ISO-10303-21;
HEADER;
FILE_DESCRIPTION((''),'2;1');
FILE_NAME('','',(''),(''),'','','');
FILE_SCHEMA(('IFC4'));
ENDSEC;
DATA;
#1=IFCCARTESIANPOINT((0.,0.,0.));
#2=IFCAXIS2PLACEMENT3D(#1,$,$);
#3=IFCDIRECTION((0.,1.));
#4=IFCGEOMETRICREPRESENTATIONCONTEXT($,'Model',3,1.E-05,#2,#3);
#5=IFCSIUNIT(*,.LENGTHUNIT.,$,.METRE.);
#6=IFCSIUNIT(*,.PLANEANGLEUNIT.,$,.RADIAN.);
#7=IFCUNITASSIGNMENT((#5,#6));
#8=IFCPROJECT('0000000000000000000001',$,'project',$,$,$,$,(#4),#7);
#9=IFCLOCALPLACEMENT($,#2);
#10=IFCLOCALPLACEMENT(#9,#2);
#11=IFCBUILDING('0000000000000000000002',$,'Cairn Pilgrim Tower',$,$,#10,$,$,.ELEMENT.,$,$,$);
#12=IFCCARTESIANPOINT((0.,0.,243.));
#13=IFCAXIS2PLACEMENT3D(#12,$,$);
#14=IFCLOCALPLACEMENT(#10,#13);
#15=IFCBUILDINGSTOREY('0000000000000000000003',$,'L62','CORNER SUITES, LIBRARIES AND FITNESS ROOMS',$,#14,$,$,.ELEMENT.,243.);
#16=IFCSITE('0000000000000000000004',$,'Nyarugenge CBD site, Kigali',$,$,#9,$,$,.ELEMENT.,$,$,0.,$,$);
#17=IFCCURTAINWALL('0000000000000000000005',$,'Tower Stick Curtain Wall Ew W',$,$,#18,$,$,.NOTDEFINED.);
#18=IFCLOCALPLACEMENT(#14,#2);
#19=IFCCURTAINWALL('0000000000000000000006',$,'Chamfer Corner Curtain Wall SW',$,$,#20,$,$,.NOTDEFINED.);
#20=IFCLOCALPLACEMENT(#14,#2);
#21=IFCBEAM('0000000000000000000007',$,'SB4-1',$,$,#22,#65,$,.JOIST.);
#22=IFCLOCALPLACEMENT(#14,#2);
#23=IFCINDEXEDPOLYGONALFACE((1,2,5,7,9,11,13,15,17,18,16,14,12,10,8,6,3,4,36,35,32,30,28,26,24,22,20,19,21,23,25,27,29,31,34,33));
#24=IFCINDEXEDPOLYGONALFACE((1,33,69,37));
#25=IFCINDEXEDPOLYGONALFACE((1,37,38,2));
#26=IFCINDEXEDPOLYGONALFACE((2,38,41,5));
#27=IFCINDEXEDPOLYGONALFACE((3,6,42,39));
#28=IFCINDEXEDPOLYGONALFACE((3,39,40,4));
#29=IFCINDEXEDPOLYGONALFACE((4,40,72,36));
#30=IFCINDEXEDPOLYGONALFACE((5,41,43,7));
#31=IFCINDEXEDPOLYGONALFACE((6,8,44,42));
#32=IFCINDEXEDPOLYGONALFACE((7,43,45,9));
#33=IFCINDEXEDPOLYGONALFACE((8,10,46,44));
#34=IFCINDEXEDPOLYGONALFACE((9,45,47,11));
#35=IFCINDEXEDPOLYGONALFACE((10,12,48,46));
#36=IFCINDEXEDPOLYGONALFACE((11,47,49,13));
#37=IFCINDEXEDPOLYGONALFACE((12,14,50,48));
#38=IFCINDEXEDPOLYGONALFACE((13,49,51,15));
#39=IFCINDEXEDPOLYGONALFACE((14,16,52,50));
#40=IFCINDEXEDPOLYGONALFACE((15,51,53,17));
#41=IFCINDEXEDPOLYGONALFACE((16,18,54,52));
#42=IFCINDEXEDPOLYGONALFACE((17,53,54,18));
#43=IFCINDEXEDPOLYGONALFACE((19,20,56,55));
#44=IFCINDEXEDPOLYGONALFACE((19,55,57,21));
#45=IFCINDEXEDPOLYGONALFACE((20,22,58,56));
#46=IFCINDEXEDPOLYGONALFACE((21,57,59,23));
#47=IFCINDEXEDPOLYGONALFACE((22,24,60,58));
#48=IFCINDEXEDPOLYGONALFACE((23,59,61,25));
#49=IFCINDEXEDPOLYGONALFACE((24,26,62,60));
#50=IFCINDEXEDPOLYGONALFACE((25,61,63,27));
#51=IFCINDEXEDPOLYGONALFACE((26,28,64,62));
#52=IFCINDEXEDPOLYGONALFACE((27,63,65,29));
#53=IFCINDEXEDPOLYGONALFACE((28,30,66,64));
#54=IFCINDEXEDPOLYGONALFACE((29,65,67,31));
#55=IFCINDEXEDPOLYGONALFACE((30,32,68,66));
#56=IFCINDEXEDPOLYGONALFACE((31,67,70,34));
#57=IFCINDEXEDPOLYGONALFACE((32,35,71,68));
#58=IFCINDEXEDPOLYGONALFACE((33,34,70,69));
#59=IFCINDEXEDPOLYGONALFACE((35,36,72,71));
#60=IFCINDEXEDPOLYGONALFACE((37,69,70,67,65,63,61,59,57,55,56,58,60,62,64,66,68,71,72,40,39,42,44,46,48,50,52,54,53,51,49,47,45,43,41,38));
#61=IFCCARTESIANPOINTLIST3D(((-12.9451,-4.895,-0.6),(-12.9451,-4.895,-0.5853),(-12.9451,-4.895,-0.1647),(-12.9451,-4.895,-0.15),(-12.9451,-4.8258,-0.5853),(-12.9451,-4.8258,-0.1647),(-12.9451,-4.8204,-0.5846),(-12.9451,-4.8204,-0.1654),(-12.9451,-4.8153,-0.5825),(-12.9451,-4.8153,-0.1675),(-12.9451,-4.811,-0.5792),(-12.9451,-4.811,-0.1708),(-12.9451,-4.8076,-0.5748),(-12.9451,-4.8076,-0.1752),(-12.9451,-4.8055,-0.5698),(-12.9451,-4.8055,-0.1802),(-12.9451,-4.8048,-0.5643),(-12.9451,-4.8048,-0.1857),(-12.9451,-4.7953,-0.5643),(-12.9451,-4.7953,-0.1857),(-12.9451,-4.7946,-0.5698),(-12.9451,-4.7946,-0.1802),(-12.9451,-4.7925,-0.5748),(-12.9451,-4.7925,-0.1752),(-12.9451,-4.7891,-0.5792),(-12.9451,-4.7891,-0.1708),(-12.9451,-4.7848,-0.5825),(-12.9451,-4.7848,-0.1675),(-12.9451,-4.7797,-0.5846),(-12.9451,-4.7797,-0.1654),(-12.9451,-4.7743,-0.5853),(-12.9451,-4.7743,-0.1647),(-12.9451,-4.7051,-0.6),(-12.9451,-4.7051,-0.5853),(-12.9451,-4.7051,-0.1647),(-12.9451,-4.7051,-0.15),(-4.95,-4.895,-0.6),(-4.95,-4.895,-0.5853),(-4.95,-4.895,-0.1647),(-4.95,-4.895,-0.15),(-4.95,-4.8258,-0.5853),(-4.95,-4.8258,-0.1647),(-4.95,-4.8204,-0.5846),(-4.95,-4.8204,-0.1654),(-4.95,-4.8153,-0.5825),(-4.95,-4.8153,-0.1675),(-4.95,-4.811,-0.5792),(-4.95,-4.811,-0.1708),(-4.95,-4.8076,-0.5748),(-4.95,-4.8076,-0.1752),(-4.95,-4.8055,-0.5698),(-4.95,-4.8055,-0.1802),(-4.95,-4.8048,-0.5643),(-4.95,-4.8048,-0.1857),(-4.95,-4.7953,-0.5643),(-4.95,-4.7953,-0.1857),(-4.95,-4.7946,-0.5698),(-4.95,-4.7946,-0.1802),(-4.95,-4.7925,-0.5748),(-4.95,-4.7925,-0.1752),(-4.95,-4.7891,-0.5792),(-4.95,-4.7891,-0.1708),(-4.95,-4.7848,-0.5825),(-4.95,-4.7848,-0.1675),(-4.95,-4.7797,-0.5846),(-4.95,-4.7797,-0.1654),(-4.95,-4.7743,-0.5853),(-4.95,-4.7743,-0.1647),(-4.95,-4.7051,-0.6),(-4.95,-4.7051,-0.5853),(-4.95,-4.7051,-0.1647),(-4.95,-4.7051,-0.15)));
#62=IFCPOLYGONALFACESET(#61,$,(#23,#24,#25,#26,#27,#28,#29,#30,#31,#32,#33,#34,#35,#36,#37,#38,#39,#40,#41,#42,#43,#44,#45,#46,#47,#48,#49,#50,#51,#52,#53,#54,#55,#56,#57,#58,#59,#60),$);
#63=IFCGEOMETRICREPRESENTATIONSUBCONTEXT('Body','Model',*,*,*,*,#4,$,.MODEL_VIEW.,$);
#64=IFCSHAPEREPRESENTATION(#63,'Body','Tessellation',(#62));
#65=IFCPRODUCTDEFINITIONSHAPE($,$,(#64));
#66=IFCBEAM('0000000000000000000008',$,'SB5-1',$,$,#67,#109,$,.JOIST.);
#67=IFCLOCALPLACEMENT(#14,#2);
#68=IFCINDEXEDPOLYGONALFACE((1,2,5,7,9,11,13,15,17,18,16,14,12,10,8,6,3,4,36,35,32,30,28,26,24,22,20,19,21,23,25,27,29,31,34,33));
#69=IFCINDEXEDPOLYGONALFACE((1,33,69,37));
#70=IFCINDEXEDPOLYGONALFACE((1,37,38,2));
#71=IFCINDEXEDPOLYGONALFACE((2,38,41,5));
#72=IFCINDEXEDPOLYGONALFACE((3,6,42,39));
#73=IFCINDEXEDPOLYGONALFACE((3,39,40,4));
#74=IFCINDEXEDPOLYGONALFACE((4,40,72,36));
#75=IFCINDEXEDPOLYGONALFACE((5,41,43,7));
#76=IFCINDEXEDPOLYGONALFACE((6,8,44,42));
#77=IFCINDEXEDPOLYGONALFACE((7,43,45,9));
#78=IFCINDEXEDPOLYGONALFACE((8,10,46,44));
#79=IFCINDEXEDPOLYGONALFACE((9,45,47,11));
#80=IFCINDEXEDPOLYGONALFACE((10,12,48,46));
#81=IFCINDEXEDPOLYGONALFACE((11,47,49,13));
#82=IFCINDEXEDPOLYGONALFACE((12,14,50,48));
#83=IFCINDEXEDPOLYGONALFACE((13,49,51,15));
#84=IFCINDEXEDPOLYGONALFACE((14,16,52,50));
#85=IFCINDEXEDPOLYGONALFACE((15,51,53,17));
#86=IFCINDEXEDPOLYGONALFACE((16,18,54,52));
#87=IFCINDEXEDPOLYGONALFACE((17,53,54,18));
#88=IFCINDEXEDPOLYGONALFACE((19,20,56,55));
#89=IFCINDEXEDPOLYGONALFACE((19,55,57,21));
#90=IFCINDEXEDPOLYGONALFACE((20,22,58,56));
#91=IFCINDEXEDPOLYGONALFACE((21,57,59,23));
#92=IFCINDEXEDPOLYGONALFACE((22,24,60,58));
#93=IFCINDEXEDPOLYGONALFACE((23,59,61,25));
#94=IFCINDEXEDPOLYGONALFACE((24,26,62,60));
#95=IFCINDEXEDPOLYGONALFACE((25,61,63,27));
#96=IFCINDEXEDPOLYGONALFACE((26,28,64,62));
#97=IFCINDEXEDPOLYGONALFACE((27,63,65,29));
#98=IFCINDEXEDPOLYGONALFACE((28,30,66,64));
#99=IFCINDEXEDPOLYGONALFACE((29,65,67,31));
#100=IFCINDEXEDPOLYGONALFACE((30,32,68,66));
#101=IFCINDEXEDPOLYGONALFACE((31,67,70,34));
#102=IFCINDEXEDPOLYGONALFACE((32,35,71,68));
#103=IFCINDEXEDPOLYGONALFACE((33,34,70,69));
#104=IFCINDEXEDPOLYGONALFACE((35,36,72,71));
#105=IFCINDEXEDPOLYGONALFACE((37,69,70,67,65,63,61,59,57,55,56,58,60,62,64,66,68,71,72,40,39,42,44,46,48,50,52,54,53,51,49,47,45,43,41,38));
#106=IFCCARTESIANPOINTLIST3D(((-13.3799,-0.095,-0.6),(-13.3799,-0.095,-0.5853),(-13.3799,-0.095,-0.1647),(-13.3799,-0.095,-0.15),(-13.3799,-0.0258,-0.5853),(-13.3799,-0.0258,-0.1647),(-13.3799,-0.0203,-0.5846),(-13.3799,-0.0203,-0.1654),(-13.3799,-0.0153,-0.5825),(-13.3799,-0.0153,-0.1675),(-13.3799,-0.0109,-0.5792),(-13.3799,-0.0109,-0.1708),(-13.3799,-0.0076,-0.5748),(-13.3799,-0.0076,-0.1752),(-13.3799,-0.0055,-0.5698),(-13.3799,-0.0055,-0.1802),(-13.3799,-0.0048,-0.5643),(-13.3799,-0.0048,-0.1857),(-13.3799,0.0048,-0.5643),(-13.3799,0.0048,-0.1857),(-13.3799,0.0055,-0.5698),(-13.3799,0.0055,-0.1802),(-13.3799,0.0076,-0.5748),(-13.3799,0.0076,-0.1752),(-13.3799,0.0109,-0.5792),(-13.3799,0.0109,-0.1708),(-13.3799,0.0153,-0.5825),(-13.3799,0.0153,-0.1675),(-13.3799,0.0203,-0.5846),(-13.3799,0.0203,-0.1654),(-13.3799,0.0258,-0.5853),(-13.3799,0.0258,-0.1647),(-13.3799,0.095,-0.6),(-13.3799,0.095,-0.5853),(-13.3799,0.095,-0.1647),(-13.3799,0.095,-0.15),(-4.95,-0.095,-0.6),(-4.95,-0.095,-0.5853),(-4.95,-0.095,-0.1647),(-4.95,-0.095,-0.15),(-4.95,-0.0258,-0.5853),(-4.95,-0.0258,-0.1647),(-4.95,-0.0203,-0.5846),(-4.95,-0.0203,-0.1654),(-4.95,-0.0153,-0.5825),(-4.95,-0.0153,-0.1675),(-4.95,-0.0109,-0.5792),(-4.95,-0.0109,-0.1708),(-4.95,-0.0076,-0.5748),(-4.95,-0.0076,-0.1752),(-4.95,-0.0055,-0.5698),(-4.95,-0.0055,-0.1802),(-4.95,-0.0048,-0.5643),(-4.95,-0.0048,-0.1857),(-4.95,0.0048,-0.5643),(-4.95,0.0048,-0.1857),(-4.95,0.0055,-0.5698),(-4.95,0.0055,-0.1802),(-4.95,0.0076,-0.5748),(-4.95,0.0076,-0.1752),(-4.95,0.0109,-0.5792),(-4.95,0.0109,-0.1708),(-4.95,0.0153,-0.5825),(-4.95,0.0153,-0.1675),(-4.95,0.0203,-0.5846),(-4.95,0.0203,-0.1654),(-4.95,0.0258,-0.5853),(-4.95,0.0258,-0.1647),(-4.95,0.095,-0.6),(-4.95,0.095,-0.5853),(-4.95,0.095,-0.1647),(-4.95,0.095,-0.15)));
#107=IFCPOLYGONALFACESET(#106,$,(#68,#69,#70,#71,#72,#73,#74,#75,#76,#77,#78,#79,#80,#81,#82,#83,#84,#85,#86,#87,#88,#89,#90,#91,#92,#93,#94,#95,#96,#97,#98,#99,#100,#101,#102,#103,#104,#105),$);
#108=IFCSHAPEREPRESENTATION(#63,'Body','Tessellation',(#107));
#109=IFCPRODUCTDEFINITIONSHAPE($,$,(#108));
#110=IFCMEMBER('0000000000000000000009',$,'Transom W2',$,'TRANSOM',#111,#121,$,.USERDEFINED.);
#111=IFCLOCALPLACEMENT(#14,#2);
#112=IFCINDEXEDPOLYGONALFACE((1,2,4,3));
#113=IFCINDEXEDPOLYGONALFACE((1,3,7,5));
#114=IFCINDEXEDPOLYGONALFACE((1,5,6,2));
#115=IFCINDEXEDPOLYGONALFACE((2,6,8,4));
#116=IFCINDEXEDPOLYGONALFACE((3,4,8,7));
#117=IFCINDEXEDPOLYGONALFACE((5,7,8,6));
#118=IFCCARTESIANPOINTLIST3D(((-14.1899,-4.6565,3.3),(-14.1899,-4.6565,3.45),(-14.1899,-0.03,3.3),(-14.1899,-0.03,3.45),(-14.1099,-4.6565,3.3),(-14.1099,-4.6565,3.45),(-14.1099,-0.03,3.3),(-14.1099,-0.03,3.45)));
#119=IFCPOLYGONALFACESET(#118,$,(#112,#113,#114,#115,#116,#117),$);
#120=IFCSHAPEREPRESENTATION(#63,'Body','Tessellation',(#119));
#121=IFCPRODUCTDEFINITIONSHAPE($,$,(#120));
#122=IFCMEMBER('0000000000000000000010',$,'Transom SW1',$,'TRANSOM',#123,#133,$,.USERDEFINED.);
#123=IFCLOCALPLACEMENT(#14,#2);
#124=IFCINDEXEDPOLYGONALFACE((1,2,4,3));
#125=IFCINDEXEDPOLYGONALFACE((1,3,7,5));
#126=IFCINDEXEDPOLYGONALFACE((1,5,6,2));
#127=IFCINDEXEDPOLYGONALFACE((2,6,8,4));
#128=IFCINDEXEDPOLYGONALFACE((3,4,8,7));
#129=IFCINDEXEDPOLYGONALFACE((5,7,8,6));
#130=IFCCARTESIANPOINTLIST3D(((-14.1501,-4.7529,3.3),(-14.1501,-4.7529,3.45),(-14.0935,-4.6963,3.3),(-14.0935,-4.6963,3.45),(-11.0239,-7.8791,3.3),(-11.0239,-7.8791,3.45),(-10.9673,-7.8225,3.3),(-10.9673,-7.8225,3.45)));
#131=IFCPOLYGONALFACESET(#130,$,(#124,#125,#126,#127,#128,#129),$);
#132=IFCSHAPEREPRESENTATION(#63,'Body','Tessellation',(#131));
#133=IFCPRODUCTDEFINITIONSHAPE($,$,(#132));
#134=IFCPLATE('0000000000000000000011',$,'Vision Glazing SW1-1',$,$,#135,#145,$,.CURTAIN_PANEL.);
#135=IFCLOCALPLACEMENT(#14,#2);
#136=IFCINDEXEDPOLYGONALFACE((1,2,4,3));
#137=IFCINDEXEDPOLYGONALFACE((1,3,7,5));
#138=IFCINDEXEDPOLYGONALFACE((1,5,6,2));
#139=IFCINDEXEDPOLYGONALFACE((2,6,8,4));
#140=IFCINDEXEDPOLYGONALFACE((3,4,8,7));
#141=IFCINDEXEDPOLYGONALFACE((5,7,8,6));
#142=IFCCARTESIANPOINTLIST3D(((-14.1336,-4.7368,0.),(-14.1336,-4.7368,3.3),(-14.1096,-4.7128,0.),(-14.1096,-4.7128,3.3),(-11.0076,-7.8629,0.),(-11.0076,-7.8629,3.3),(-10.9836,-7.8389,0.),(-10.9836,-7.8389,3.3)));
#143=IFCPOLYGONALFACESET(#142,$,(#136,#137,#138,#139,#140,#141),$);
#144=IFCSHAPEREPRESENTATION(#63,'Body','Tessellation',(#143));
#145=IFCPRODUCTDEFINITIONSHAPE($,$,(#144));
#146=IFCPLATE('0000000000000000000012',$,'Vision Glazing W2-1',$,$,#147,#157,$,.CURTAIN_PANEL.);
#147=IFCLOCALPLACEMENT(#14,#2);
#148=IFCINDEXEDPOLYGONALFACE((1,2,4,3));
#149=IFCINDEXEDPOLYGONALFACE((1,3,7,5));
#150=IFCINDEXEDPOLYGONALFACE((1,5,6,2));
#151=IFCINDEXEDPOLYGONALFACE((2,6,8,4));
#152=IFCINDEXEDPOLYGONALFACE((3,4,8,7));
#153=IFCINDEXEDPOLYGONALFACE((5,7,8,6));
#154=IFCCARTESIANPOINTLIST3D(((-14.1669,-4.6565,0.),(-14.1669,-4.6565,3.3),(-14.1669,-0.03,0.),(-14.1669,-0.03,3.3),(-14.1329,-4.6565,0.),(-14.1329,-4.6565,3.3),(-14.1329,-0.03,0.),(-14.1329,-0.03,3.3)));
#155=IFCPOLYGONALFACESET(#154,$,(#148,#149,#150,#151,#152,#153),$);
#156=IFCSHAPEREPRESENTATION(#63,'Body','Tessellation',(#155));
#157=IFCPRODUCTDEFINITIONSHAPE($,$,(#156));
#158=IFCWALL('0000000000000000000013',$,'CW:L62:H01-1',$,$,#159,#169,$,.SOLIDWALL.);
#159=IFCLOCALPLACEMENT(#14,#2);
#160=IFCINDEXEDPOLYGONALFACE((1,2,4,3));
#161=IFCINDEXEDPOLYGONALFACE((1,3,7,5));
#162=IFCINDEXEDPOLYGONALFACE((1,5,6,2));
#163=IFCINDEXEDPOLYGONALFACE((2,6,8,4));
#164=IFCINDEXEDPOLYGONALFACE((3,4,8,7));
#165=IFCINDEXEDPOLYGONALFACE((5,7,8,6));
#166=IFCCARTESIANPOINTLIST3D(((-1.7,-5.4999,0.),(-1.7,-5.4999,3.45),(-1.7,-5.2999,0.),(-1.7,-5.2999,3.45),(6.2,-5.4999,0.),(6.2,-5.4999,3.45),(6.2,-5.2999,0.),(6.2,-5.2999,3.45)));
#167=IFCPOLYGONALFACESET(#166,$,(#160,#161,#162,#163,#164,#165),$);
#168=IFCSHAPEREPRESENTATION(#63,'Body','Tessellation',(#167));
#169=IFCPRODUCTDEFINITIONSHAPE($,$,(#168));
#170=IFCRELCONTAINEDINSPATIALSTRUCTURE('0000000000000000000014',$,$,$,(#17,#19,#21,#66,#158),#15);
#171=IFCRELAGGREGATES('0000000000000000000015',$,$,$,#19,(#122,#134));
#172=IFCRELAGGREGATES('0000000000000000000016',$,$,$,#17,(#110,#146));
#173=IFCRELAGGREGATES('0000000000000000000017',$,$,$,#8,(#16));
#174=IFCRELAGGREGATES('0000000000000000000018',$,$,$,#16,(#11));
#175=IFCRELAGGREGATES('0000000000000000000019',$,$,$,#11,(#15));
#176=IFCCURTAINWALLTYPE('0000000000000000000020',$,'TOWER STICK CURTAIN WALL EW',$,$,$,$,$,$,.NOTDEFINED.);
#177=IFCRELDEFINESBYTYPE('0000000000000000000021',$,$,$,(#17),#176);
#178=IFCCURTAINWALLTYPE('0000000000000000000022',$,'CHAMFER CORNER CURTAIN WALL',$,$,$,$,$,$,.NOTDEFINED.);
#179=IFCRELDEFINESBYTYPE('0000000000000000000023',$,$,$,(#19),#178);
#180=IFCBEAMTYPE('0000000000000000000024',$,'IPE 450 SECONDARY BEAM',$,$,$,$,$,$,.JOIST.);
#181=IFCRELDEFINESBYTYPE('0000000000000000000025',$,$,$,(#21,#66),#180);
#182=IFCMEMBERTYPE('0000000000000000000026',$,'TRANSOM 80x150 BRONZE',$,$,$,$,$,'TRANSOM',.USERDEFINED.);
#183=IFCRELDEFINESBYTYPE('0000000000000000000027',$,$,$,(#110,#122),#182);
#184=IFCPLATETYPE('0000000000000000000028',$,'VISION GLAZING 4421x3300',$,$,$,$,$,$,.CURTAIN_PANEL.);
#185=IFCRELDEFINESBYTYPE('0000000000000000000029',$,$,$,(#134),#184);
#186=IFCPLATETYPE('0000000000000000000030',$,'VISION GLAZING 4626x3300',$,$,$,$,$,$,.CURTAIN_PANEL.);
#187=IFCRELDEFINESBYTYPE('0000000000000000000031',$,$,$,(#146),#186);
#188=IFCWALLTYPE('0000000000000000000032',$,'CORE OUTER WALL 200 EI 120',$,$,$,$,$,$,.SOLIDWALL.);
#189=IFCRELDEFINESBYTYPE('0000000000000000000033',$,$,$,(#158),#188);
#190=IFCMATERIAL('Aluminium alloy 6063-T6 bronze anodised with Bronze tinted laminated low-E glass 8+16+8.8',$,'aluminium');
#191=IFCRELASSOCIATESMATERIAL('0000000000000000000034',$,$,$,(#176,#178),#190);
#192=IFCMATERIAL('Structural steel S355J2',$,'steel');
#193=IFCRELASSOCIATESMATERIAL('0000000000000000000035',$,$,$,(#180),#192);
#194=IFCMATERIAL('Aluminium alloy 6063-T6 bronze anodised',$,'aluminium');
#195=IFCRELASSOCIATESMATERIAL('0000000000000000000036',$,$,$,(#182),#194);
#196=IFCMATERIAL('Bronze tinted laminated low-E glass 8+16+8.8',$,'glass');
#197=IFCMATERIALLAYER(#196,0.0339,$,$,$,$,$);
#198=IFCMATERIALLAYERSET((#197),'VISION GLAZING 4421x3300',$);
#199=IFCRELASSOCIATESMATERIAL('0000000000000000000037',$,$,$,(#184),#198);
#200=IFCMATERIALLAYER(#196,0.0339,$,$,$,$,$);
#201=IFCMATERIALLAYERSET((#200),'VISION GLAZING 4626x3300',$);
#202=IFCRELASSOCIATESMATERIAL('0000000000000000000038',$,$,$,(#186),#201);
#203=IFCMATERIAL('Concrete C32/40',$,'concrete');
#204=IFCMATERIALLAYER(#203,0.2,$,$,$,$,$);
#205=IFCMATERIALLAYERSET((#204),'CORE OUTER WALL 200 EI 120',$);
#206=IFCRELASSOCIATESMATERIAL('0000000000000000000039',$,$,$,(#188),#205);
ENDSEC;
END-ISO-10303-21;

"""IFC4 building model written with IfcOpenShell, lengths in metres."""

from ifc_helpers import new_model, si_unit, direction, frame, frame_2d, origin, origin_2d, place, context, subcontext, project, spatial, rectangle, i_section, extrude, material, layer, layer_set, material_profile, profile_set, type_object, element, aggregate, save


model = new_model("IFC4")

# Units and contexts
model_context = context("Model", 3, precision=1e-05, world=origin(), true_north=direction((0.0, 1.0)))
body_context = subcontext(model_context, "Body", "Model", "MODEL_VIEW")
ifc_project = project(units=[si_unit("LENGTHUNIT", "METRE"), si_unit("PLANEANGLEUNIT", "RADIAN")], contexts=[model_context])

# Site, building, storey
site_placement = place(None, origin())
site = spatial("IfcSite", under=ifc_project, at=site_placement, Name="Nyarugenge CBD site, Kigali", CompositionType="ELEMENT", RefElevation=0.0)
building_placement = place(site_placement, origin())
building = spatial("IfcBuilding", under=site, at=building_placement, Name="Cairn Pilgrim Tower", CompositionType="ELEMENT")
storey_placement = place(building_placement, frame((0.0, 0.0, 243.0)))
storey = spatial("IfcBuildingStorey", under=building, at=storey_placement, Name="L62", Description="CORNER SUITES, LIBRARIES AND FITNESS ROOMS", CompositionType="ELEMENT", Elevation=243.0)

# Shared definitions
ifc_material_1 = material(Name="Structural steel S355J2", Category="steel")

# Curtain wall
ifc_material_2 = material(Name="Aluminium alloy 6063-T6 bronze anodised with Bronze tinted laminated low-E glass 8+16+8.8", Category="aluminium")
curtain_wall_type_1 = type_object("IfcCurtainWallType", Name="TOWER STICK CURTAIN WALL EW", PredefinedType="NOTDEFINED", material=ifc_material_2)
curtain_wall_1_placement = place(storey_placement, origin())
curtain_wall_1 = element("IfcCurtainWall", 1, at=curtain_wall_1_placement, inside=storey, type_object=curtain_wall_type_1, Name="Tower Stick Curtain Wall Ew W", PredefinedType="NOTDEFINED")
ifc_material_3 = material(Name="Aluminium alloy 6063-T6 bronze anodised", Category="aluminium")

# Curtain wall
curtain_wall_type_2 = type_object("IfcCurtainWallType", Name="CHAMFER CORNER CURTAIN WALL", PredefinedType="NOTDEFINED", material=ifc_material_2)
curtain_wall_2_placement = place(storey_placement, origin())
curtain_wall_2 = element("IfcCurtainWall", 2, at=curtain_wall_2_placement, inside=storey, type_object=curtain_wall_type_2, Name="Chamfer Corner Curtain Wall SW", PredefinedType="NOTDEFINED")

# Beams
ifc_material_profile_1 = material_profile(ifc_material_1, i_section(OverallWidth=0.1899, OverallDepth=0.45, WebThickness=0.0095, FlangeThickness=0.0146, FilletRadius=0.021, at=origin_2d()), Name="IPE 450")
ifc_profile_set_1 = profile_set([ifc_material_profile_1], Name="Structural steel S355J2")
beam_type_1 = type_object("IfcBeamType", Name="IPE 450 SECONDARY BEAM", PredefinedType="JOIST", material=ifc_profile_set_1)
beam_1_placement = place(storey_placement, frame((-12.9451, -4.8, -0.375), z_axis=(1.0, 0.0, 0.0), x_axis=(0.0, 1.0, 0.0)))
element("IfcBeam", 3, at=beam_1_placement, inside=storey, type_object=beam_type_1, Name="SB4-1", PredefinedType="JOIST", context=body_context, shape_type="SweptSolid", body=[
    extrude(i_section(OverallWidth=0.1899, OverallDepth=0.45, WebThickness=0.0095, FlangeThickness=0.0146, FilletRadius=0.021, at=origin_2d()), origin(), (0.0, 0.0, 1.0), 7.9951),
])
beam_2_placement = place(storey_placement, frame((-13.3799, 0.0, -0.375), z_axis=(1.0, 0.0, 0.0), x_axis=(0.0, 1.0, 0.0)))
element("IfcBeam", 4, at=beam_2_placement, inside=storey, type_object=beam_type_1, Name="SB5-1", PredefinedType="JOIST", context=body_context, shape_type="SweptSolid", body=[
    extrude(i_section(OverallWidth=0.1899, OverallDepth=0.45, WebThickness=0.0095, FlangeThickness=0.0146, FilletRadius=0.021, at=origin_2d()), origin(), (0.0, 0.0, 1.0), 8.4299),
])

# Members
ifc_material_profile_2 = material_profile(ifc_material_3, rectangle(XDim=0.0801, YDim=0.1499, at=origin_2d()), Name="TRANSOM 80x150 BRONZE")
ifc_profile_set_2 = profile_set([ifc_material_profile_2], Name="Aluminium alloy 6063-T6 bronze anodised")
member_type_1 = type_object("IfcMemberType", Name="TRANSOM 80x150 BRONZE", ElementType="TRANSOM", PredefinedType="USERDEFINED", material=ifc_profile_set_2)
member_1_placement = place(storey_placement, frame((-14.1499, -0.03, 3.375), z_axis=(0.0, -1.0, 0.0), x_axis=(1.0, 0.0, 0.0)))
member_1 = element("IfcMember", 5, at=member_1_placement, type_object=member_type_1, Name="Transom W2", ObjectType="TRANSOM", PredefinedType="USERDEFINED", context=body_context, shape_type="SweptSolid", body=[
    extrude(rectangle(XDim=0.0801, YDim=0.1499, at=origin_2d()), origin(), (0.0, 0.0, 1.0), 4.6265),
])
member_2_placement = place(storey_placement, frame((-14.1218, -4.7246, 3.375), z_axis=(0.707107, -0.707107, 0.0), x_axis=(0.707107, 0.707107, 0.0)))
member_2 = element("IfcMember", 6, at=member_2_placement, type_object=member_type_1, Name="Transom SW1", ObjectType="TRANSOM", PredefinedType="USERDEFINED", context=body_context, shape_type="SweptSolid", body=[
    extrude(rectangle(XDim=0.0801, YDim=0.1499, at=origin_2d()), origin(), (0.0, 0.0, 1.0), 4.4211),
])

# Plates
ifc_material_4 = material(Name="Bronze tinted laminated low-E glass 8+16+8.8", Category="glass")
ifc_layer_1 = layer(ifc_material_4, 0.0339)
ifc_layer_set_1 = layer_set([ifc_layer_1], Name="VISION GLAZING 4421x3300")
plate_type_1 = type_object("IfcPlateType", Name="VISION GLAZING 4421x3300", PredefinedType="CURTAIN_PANEL", material=ifc_layer_set_1)
plate_1_placement = place(storey_placement, frame((-12.5586, -6.2878, 0.0), z_axis=(0.0, 0.0, 1.0), x_axis=(0.707107, -0.707107, 0.0)))
plate_1 = element("IfcPlate", 7, at=plate_1_placement, type_object=plate_type_1, Name="Vision Glazing SW1-1", PredefinedType="CURTAIN_PANEL", context=body_context, shape_type="SweptSolid", body=[
    extrude(rectangle(XDim=4.4209, YDim=0.0339, at=origin_2d()), origin(), (0.0, 0.0, 1.0), 3.3),
])
aggregate(curtain_wall_2, [member_2, plate_1])
ifc_layer_2 = layer(ifc_material_4, 0.0339)
ifc_layer_set_2 = layer_set([ifc_layer_2], Name="VISION GLAZING 4626x3300")
plate_type_2 = type_object("IfcPlateType", Name="VISION GLAZING 4626x3300", PredefinedType="CURTAIN_PANEL", material=ifc_layer_set_2)
plate_2_placement = place(storey_placement, frame((-14.1499, -2.3433, 0.0), z_axis=(0.0, 0.0, 1.0), x_axis=(0.0, -1.0, 0.0)))
plate_2 = element("IfcPlate", 8, at=plate_2_placement, type_object=plate_type_2, Name="Vision Glazing W2-1", PredefinedType="CURTAIN_PANEL", context=body_context, shape_type="SweptSolid", body=[
    extrude(rectangle(XDim=4.6265, YDim=0.0339, at=origin_2d()), origin(), (0.0, 0.0, 1.0), 3.3),
])
aggregate(curtain_wall_1, [member_1, plate_2])

# Wall
ifc_material_5 = material(Name="Concrete C32/40", Category="concrete")
ifc_layer_3 = layer(ifc_material_5, 0.2)
ifc_layer_set_3 = layer_set([ifc_layer_3], Name="CORE OUTER WALL 200 EI 120")
wall_type_1 = type_object("IfcWallType", Name="CORE OUTER WALL 200 EI 120", PredefinedType="SOLIDWALL", material=ifc_layer_set_3)
wall_1_placement = place(storey_placement, frame((-1.7, -5.3999, 0.0), z_axis=(0.0, 0.0, 1.0), x_axis=(1.0, 0.0, 0.0)))
element("IfcWall", 9, at=wall_1_placement, inside=storey, type_object=wall_type_1, Name="CW:L62:H01-1", PredefinedType="SOLIDWALL", context=body_context, shape_type="SweptSolid", body=[
    extrude(rectangle(XDim=7.8999, YDim=0.2, at=frame_2d((3.95, 0.0))), origin(), (0.0, 0.0, 1.0), 3.45),
])

save(model, "model.ifc")
